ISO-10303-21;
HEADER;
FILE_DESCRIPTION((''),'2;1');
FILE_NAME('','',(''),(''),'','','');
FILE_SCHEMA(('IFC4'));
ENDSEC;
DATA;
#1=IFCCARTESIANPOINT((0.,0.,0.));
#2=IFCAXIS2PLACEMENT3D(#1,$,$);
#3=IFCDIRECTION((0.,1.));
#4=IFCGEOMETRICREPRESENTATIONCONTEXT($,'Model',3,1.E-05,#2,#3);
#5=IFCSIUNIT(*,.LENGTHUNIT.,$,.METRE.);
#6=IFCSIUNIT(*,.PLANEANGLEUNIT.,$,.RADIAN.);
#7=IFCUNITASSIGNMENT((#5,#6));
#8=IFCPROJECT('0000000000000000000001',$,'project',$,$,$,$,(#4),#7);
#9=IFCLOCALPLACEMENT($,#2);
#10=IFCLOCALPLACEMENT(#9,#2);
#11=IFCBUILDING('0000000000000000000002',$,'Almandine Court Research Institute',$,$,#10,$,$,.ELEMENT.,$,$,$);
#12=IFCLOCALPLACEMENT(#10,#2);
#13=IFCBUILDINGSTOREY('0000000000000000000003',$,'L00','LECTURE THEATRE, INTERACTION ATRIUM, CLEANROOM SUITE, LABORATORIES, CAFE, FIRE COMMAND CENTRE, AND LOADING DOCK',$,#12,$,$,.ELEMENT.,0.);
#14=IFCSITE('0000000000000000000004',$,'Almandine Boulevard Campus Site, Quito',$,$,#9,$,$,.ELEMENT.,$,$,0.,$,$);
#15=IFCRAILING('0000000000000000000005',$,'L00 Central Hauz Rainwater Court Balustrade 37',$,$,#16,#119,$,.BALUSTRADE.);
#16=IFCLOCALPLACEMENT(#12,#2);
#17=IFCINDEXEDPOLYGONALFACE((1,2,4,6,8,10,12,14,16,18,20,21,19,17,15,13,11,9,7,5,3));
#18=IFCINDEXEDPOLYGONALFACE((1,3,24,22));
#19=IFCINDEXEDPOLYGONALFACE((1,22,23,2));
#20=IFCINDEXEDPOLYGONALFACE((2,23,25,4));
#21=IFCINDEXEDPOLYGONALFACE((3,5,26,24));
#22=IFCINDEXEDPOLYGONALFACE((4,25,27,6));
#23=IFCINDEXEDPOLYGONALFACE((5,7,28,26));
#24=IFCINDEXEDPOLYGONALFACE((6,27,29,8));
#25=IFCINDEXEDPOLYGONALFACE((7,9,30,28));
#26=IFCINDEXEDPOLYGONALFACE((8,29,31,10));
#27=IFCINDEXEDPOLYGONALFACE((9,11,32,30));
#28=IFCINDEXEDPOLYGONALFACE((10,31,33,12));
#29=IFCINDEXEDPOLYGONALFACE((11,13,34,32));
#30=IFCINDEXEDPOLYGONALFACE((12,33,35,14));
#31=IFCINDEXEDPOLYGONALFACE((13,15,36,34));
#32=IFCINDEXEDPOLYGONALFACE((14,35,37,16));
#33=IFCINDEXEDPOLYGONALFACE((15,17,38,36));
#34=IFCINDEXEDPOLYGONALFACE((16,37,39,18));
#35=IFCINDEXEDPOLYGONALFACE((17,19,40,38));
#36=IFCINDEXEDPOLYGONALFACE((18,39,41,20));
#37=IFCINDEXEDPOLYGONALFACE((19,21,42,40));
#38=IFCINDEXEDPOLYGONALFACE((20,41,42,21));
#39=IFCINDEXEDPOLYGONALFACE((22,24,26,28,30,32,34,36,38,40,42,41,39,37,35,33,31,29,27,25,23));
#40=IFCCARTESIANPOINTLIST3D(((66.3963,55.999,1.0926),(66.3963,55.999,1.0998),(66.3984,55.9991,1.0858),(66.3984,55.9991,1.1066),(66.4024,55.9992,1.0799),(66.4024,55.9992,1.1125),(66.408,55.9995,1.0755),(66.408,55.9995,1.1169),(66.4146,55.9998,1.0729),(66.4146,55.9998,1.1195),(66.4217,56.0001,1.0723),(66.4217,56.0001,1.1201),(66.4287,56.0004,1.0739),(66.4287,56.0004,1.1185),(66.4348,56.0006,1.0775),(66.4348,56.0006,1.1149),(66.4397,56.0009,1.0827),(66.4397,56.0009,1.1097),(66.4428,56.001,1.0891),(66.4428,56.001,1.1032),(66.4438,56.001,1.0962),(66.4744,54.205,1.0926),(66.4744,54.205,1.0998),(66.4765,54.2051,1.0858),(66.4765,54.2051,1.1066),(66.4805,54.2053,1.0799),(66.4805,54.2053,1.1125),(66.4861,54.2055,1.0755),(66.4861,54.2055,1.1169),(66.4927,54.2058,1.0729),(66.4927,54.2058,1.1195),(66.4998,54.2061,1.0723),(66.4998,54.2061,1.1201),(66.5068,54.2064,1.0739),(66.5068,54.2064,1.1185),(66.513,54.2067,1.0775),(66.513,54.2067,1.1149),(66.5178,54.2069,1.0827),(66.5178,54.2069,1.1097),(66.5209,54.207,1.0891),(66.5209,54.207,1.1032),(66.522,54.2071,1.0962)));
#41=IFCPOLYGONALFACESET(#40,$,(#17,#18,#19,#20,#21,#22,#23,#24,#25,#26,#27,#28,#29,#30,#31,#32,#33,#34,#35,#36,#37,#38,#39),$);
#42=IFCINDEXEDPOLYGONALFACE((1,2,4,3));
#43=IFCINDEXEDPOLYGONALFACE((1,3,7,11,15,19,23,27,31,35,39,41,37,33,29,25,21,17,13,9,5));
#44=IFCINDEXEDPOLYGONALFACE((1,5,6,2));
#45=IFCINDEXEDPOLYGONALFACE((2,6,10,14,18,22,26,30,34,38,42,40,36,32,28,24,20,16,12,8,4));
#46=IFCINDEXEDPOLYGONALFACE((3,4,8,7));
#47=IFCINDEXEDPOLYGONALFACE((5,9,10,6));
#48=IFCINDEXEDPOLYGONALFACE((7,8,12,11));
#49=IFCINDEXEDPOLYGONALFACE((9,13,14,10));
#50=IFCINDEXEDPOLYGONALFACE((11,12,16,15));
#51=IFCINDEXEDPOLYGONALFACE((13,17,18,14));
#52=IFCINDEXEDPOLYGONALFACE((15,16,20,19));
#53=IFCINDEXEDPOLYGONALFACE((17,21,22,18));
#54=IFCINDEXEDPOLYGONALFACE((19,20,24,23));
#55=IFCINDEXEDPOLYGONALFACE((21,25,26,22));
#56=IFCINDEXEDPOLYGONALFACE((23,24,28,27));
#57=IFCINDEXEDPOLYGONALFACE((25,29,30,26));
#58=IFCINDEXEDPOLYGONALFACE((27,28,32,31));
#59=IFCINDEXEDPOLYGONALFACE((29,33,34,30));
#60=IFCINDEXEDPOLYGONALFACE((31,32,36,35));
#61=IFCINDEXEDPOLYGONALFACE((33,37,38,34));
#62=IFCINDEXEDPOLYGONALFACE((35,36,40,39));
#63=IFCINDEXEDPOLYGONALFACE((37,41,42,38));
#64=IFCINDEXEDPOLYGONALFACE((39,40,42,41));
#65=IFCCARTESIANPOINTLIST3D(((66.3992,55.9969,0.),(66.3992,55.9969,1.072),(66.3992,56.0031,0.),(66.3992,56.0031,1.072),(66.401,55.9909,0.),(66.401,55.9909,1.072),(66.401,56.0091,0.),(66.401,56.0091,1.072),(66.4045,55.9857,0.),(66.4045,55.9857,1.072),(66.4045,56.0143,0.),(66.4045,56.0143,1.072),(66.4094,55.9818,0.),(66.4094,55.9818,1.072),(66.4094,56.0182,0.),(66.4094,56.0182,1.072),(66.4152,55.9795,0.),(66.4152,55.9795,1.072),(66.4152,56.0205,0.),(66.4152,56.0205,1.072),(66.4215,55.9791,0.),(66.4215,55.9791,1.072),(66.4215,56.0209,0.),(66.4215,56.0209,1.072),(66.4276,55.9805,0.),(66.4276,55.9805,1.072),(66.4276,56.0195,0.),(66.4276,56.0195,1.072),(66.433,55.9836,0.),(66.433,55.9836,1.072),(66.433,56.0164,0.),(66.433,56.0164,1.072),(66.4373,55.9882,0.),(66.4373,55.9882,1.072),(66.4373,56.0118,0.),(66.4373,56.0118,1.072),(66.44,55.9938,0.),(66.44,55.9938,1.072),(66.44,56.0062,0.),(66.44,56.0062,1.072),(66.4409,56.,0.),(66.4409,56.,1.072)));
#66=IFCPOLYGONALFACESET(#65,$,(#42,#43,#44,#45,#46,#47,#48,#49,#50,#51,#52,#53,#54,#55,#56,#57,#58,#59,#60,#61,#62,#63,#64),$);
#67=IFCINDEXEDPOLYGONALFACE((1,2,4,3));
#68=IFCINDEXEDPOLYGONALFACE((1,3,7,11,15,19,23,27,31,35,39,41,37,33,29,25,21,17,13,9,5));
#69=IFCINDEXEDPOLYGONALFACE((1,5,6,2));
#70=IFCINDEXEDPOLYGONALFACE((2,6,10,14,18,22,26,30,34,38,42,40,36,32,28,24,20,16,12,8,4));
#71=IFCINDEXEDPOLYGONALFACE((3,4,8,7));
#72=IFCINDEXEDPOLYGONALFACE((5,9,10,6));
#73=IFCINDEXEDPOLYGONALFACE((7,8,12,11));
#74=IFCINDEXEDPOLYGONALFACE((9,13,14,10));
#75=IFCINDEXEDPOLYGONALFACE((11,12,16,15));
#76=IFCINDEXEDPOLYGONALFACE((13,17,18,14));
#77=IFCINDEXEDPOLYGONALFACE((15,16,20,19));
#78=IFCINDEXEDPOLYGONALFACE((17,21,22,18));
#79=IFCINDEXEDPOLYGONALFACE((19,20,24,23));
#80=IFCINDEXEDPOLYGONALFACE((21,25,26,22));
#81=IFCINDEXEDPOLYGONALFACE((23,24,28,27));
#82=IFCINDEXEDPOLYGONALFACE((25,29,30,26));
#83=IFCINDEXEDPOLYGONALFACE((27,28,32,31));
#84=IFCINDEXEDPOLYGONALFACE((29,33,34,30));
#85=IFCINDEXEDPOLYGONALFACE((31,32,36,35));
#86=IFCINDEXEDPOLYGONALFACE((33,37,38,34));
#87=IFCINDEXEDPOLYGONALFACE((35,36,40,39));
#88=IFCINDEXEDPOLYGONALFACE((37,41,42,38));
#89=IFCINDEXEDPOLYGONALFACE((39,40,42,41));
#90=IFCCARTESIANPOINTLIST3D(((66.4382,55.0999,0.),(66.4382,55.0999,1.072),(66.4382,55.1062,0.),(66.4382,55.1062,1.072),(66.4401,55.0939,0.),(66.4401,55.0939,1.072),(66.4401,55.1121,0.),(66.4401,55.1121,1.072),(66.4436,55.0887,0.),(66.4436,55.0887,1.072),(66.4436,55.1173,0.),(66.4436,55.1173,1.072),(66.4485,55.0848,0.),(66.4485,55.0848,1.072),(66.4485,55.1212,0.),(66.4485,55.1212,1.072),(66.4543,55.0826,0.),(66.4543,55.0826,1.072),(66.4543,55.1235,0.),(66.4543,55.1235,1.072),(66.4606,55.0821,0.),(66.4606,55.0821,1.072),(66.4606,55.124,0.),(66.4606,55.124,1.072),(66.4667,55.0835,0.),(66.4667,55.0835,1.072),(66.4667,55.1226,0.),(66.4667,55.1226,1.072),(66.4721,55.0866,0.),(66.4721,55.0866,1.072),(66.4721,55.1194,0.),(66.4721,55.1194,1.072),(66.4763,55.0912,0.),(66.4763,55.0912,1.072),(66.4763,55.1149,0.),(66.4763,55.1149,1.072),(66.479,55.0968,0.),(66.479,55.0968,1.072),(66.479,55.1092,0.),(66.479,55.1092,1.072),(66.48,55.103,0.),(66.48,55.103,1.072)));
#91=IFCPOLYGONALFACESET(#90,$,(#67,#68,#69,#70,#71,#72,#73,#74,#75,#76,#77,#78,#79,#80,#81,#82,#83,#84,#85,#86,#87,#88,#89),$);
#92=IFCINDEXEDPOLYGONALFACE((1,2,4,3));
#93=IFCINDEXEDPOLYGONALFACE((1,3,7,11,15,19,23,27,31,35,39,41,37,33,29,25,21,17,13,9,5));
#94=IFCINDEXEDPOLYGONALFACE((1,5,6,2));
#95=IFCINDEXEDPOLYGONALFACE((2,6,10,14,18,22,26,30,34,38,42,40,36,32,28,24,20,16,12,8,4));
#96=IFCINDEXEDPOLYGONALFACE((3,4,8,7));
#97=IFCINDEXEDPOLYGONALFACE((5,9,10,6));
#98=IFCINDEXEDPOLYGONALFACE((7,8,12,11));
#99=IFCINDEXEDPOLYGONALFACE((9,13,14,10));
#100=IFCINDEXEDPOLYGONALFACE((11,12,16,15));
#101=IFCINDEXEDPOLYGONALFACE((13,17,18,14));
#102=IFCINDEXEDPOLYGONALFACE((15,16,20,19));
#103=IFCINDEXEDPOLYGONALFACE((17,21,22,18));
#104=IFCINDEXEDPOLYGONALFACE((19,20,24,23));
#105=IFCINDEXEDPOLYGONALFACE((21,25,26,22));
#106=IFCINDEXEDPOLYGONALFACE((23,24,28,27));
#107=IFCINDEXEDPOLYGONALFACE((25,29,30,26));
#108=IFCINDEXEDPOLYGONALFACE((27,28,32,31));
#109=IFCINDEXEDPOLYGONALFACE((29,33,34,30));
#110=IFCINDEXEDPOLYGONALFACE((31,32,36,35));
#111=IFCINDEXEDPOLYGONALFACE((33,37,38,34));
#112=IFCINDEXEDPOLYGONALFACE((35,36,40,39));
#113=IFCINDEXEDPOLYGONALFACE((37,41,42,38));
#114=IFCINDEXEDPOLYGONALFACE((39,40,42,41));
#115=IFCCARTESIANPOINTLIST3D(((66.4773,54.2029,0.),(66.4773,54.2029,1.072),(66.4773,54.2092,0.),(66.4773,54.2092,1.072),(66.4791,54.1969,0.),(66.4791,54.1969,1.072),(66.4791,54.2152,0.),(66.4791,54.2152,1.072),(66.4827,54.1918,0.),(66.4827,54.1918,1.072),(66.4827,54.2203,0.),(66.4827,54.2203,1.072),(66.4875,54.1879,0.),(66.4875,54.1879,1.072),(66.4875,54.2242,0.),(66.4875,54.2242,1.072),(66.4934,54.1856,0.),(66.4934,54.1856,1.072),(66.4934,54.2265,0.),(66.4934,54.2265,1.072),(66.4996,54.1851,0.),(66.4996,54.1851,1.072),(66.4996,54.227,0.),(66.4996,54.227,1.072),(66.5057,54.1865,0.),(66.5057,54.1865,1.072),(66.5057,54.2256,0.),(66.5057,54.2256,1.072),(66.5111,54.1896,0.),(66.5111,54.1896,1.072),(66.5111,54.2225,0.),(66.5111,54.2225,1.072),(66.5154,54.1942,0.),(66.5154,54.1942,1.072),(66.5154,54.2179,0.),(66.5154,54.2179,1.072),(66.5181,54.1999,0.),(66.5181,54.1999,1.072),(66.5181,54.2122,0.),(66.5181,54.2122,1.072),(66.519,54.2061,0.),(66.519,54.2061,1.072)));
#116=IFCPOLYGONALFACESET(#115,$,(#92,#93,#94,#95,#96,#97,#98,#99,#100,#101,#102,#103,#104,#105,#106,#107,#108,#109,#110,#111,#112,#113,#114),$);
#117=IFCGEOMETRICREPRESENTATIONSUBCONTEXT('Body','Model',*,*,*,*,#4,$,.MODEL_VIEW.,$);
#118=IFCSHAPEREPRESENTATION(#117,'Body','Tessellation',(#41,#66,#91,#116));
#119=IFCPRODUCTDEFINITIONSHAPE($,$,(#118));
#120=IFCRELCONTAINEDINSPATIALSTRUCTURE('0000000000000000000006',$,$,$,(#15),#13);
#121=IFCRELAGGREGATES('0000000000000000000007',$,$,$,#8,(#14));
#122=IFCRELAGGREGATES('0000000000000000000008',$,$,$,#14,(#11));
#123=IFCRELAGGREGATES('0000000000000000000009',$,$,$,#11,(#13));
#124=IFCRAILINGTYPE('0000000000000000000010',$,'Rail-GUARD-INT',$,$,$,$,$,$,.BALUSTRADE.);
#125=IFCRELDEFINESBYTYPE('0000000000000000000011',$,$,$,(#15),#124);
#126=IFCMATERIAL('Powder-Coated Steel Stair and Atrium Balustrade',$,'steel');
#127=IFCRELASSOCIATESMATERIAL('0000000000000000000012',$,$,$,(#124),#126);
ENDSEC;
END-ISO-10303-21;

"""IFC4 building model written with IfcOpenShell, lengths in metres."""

from ifc_helpers import new_model, si_unit, direction, frame, origin, origin_2d, place, context, subcontext, project, spatial, circle, extrude, material, type_object, element, save


model = new_model("IFC4")

# Units and contexts
model_context = context("Model", 3, precision=1e-05, world=origin(), true_north=direction((0.0, 1.0)))
body_context = subcontext(model_context, "Body", "Model", "MODEL_VIEW")
ifc_project = project(units=[si_unit("LENGTHUNIT", "METRE"), si_unit("PLANEANGLEUNIT", "RADIAN")], contexts=[model_context])

# Site, building, storey
site_placement = place(None, origin())
site = spatial("IfcSite", under=ifc_project, at=site_placement, Name="Almandine Boulevard Campus Site, Quito", CompositionType="ELEMENT", RefElevation=0.0)
building_placement = place(site_placement, origin())
building = spatial("IfcBuilding", under=site, at=building_placement, Name="Almandine Court Research Institute", CompositionType="ELEMENT")
storey_placement = place(building_placement, origin())
storey = spatial("IfcBuildingStorey", under=building, at=storey_placement, Name="L00", Description="LECTURE THEATRE, INTERACTION ATRIUM, CLEANROOM SUITE, LABORATORIES, CAFE, FIRE COMMAND CENTRE, AND LOADING DOCK", CompositionType="ELEMENT", Elevation=0.0)

# Railing
ifc_material_1 = material(Name="Powder-Coated Steel Stair and Atrium Balustrade", Category="steel")
railing_type = type_object("IfcRailingType", Name="Rail-GUARD-INT", PredefinedType="BALUSTRADE", material=ifc_material_1)
railing_1_placement = place(storey_placement, frame((66.4199, 56.0, 0.0)))
element("IfcRailing", 1, at=railing_1_placement, inside=storey, type_object=railing_type, Name="L00 Central Hauz Rainwater Court Balustrade 37", PredefinedType="BALUSTRADE", context=body_context, shape_type="SweptSolid", body=[
    extrude(circle(Radius=0.0239, at=origin_2d()), frame((0.0, 0.0, 1.0962), z_axis=(0.043508, -0.999053, 0.0), x_axis=(0.999053, 0.043508, 0.0)), (0.0, 0.0, 1.0), 1.7957),
    extrude(circle(Radius=0.021, at=origin_2d()), origin(), (0.0, 0.0, 1.0), 1.072),
    extrude(circle(Radius=0.021, at=origin_2d()), frame((0.0391, -0.897, 0.0)), (0.0, 0.0, 1.0), 1.072),
    extrude(circle(Radius=0.021, at=origin_2d()), frame((0.0781, -1.7939, 0.0)), (0.0, 0.0, 1.0), 1.072),
])

save(model, "model.ifc")
